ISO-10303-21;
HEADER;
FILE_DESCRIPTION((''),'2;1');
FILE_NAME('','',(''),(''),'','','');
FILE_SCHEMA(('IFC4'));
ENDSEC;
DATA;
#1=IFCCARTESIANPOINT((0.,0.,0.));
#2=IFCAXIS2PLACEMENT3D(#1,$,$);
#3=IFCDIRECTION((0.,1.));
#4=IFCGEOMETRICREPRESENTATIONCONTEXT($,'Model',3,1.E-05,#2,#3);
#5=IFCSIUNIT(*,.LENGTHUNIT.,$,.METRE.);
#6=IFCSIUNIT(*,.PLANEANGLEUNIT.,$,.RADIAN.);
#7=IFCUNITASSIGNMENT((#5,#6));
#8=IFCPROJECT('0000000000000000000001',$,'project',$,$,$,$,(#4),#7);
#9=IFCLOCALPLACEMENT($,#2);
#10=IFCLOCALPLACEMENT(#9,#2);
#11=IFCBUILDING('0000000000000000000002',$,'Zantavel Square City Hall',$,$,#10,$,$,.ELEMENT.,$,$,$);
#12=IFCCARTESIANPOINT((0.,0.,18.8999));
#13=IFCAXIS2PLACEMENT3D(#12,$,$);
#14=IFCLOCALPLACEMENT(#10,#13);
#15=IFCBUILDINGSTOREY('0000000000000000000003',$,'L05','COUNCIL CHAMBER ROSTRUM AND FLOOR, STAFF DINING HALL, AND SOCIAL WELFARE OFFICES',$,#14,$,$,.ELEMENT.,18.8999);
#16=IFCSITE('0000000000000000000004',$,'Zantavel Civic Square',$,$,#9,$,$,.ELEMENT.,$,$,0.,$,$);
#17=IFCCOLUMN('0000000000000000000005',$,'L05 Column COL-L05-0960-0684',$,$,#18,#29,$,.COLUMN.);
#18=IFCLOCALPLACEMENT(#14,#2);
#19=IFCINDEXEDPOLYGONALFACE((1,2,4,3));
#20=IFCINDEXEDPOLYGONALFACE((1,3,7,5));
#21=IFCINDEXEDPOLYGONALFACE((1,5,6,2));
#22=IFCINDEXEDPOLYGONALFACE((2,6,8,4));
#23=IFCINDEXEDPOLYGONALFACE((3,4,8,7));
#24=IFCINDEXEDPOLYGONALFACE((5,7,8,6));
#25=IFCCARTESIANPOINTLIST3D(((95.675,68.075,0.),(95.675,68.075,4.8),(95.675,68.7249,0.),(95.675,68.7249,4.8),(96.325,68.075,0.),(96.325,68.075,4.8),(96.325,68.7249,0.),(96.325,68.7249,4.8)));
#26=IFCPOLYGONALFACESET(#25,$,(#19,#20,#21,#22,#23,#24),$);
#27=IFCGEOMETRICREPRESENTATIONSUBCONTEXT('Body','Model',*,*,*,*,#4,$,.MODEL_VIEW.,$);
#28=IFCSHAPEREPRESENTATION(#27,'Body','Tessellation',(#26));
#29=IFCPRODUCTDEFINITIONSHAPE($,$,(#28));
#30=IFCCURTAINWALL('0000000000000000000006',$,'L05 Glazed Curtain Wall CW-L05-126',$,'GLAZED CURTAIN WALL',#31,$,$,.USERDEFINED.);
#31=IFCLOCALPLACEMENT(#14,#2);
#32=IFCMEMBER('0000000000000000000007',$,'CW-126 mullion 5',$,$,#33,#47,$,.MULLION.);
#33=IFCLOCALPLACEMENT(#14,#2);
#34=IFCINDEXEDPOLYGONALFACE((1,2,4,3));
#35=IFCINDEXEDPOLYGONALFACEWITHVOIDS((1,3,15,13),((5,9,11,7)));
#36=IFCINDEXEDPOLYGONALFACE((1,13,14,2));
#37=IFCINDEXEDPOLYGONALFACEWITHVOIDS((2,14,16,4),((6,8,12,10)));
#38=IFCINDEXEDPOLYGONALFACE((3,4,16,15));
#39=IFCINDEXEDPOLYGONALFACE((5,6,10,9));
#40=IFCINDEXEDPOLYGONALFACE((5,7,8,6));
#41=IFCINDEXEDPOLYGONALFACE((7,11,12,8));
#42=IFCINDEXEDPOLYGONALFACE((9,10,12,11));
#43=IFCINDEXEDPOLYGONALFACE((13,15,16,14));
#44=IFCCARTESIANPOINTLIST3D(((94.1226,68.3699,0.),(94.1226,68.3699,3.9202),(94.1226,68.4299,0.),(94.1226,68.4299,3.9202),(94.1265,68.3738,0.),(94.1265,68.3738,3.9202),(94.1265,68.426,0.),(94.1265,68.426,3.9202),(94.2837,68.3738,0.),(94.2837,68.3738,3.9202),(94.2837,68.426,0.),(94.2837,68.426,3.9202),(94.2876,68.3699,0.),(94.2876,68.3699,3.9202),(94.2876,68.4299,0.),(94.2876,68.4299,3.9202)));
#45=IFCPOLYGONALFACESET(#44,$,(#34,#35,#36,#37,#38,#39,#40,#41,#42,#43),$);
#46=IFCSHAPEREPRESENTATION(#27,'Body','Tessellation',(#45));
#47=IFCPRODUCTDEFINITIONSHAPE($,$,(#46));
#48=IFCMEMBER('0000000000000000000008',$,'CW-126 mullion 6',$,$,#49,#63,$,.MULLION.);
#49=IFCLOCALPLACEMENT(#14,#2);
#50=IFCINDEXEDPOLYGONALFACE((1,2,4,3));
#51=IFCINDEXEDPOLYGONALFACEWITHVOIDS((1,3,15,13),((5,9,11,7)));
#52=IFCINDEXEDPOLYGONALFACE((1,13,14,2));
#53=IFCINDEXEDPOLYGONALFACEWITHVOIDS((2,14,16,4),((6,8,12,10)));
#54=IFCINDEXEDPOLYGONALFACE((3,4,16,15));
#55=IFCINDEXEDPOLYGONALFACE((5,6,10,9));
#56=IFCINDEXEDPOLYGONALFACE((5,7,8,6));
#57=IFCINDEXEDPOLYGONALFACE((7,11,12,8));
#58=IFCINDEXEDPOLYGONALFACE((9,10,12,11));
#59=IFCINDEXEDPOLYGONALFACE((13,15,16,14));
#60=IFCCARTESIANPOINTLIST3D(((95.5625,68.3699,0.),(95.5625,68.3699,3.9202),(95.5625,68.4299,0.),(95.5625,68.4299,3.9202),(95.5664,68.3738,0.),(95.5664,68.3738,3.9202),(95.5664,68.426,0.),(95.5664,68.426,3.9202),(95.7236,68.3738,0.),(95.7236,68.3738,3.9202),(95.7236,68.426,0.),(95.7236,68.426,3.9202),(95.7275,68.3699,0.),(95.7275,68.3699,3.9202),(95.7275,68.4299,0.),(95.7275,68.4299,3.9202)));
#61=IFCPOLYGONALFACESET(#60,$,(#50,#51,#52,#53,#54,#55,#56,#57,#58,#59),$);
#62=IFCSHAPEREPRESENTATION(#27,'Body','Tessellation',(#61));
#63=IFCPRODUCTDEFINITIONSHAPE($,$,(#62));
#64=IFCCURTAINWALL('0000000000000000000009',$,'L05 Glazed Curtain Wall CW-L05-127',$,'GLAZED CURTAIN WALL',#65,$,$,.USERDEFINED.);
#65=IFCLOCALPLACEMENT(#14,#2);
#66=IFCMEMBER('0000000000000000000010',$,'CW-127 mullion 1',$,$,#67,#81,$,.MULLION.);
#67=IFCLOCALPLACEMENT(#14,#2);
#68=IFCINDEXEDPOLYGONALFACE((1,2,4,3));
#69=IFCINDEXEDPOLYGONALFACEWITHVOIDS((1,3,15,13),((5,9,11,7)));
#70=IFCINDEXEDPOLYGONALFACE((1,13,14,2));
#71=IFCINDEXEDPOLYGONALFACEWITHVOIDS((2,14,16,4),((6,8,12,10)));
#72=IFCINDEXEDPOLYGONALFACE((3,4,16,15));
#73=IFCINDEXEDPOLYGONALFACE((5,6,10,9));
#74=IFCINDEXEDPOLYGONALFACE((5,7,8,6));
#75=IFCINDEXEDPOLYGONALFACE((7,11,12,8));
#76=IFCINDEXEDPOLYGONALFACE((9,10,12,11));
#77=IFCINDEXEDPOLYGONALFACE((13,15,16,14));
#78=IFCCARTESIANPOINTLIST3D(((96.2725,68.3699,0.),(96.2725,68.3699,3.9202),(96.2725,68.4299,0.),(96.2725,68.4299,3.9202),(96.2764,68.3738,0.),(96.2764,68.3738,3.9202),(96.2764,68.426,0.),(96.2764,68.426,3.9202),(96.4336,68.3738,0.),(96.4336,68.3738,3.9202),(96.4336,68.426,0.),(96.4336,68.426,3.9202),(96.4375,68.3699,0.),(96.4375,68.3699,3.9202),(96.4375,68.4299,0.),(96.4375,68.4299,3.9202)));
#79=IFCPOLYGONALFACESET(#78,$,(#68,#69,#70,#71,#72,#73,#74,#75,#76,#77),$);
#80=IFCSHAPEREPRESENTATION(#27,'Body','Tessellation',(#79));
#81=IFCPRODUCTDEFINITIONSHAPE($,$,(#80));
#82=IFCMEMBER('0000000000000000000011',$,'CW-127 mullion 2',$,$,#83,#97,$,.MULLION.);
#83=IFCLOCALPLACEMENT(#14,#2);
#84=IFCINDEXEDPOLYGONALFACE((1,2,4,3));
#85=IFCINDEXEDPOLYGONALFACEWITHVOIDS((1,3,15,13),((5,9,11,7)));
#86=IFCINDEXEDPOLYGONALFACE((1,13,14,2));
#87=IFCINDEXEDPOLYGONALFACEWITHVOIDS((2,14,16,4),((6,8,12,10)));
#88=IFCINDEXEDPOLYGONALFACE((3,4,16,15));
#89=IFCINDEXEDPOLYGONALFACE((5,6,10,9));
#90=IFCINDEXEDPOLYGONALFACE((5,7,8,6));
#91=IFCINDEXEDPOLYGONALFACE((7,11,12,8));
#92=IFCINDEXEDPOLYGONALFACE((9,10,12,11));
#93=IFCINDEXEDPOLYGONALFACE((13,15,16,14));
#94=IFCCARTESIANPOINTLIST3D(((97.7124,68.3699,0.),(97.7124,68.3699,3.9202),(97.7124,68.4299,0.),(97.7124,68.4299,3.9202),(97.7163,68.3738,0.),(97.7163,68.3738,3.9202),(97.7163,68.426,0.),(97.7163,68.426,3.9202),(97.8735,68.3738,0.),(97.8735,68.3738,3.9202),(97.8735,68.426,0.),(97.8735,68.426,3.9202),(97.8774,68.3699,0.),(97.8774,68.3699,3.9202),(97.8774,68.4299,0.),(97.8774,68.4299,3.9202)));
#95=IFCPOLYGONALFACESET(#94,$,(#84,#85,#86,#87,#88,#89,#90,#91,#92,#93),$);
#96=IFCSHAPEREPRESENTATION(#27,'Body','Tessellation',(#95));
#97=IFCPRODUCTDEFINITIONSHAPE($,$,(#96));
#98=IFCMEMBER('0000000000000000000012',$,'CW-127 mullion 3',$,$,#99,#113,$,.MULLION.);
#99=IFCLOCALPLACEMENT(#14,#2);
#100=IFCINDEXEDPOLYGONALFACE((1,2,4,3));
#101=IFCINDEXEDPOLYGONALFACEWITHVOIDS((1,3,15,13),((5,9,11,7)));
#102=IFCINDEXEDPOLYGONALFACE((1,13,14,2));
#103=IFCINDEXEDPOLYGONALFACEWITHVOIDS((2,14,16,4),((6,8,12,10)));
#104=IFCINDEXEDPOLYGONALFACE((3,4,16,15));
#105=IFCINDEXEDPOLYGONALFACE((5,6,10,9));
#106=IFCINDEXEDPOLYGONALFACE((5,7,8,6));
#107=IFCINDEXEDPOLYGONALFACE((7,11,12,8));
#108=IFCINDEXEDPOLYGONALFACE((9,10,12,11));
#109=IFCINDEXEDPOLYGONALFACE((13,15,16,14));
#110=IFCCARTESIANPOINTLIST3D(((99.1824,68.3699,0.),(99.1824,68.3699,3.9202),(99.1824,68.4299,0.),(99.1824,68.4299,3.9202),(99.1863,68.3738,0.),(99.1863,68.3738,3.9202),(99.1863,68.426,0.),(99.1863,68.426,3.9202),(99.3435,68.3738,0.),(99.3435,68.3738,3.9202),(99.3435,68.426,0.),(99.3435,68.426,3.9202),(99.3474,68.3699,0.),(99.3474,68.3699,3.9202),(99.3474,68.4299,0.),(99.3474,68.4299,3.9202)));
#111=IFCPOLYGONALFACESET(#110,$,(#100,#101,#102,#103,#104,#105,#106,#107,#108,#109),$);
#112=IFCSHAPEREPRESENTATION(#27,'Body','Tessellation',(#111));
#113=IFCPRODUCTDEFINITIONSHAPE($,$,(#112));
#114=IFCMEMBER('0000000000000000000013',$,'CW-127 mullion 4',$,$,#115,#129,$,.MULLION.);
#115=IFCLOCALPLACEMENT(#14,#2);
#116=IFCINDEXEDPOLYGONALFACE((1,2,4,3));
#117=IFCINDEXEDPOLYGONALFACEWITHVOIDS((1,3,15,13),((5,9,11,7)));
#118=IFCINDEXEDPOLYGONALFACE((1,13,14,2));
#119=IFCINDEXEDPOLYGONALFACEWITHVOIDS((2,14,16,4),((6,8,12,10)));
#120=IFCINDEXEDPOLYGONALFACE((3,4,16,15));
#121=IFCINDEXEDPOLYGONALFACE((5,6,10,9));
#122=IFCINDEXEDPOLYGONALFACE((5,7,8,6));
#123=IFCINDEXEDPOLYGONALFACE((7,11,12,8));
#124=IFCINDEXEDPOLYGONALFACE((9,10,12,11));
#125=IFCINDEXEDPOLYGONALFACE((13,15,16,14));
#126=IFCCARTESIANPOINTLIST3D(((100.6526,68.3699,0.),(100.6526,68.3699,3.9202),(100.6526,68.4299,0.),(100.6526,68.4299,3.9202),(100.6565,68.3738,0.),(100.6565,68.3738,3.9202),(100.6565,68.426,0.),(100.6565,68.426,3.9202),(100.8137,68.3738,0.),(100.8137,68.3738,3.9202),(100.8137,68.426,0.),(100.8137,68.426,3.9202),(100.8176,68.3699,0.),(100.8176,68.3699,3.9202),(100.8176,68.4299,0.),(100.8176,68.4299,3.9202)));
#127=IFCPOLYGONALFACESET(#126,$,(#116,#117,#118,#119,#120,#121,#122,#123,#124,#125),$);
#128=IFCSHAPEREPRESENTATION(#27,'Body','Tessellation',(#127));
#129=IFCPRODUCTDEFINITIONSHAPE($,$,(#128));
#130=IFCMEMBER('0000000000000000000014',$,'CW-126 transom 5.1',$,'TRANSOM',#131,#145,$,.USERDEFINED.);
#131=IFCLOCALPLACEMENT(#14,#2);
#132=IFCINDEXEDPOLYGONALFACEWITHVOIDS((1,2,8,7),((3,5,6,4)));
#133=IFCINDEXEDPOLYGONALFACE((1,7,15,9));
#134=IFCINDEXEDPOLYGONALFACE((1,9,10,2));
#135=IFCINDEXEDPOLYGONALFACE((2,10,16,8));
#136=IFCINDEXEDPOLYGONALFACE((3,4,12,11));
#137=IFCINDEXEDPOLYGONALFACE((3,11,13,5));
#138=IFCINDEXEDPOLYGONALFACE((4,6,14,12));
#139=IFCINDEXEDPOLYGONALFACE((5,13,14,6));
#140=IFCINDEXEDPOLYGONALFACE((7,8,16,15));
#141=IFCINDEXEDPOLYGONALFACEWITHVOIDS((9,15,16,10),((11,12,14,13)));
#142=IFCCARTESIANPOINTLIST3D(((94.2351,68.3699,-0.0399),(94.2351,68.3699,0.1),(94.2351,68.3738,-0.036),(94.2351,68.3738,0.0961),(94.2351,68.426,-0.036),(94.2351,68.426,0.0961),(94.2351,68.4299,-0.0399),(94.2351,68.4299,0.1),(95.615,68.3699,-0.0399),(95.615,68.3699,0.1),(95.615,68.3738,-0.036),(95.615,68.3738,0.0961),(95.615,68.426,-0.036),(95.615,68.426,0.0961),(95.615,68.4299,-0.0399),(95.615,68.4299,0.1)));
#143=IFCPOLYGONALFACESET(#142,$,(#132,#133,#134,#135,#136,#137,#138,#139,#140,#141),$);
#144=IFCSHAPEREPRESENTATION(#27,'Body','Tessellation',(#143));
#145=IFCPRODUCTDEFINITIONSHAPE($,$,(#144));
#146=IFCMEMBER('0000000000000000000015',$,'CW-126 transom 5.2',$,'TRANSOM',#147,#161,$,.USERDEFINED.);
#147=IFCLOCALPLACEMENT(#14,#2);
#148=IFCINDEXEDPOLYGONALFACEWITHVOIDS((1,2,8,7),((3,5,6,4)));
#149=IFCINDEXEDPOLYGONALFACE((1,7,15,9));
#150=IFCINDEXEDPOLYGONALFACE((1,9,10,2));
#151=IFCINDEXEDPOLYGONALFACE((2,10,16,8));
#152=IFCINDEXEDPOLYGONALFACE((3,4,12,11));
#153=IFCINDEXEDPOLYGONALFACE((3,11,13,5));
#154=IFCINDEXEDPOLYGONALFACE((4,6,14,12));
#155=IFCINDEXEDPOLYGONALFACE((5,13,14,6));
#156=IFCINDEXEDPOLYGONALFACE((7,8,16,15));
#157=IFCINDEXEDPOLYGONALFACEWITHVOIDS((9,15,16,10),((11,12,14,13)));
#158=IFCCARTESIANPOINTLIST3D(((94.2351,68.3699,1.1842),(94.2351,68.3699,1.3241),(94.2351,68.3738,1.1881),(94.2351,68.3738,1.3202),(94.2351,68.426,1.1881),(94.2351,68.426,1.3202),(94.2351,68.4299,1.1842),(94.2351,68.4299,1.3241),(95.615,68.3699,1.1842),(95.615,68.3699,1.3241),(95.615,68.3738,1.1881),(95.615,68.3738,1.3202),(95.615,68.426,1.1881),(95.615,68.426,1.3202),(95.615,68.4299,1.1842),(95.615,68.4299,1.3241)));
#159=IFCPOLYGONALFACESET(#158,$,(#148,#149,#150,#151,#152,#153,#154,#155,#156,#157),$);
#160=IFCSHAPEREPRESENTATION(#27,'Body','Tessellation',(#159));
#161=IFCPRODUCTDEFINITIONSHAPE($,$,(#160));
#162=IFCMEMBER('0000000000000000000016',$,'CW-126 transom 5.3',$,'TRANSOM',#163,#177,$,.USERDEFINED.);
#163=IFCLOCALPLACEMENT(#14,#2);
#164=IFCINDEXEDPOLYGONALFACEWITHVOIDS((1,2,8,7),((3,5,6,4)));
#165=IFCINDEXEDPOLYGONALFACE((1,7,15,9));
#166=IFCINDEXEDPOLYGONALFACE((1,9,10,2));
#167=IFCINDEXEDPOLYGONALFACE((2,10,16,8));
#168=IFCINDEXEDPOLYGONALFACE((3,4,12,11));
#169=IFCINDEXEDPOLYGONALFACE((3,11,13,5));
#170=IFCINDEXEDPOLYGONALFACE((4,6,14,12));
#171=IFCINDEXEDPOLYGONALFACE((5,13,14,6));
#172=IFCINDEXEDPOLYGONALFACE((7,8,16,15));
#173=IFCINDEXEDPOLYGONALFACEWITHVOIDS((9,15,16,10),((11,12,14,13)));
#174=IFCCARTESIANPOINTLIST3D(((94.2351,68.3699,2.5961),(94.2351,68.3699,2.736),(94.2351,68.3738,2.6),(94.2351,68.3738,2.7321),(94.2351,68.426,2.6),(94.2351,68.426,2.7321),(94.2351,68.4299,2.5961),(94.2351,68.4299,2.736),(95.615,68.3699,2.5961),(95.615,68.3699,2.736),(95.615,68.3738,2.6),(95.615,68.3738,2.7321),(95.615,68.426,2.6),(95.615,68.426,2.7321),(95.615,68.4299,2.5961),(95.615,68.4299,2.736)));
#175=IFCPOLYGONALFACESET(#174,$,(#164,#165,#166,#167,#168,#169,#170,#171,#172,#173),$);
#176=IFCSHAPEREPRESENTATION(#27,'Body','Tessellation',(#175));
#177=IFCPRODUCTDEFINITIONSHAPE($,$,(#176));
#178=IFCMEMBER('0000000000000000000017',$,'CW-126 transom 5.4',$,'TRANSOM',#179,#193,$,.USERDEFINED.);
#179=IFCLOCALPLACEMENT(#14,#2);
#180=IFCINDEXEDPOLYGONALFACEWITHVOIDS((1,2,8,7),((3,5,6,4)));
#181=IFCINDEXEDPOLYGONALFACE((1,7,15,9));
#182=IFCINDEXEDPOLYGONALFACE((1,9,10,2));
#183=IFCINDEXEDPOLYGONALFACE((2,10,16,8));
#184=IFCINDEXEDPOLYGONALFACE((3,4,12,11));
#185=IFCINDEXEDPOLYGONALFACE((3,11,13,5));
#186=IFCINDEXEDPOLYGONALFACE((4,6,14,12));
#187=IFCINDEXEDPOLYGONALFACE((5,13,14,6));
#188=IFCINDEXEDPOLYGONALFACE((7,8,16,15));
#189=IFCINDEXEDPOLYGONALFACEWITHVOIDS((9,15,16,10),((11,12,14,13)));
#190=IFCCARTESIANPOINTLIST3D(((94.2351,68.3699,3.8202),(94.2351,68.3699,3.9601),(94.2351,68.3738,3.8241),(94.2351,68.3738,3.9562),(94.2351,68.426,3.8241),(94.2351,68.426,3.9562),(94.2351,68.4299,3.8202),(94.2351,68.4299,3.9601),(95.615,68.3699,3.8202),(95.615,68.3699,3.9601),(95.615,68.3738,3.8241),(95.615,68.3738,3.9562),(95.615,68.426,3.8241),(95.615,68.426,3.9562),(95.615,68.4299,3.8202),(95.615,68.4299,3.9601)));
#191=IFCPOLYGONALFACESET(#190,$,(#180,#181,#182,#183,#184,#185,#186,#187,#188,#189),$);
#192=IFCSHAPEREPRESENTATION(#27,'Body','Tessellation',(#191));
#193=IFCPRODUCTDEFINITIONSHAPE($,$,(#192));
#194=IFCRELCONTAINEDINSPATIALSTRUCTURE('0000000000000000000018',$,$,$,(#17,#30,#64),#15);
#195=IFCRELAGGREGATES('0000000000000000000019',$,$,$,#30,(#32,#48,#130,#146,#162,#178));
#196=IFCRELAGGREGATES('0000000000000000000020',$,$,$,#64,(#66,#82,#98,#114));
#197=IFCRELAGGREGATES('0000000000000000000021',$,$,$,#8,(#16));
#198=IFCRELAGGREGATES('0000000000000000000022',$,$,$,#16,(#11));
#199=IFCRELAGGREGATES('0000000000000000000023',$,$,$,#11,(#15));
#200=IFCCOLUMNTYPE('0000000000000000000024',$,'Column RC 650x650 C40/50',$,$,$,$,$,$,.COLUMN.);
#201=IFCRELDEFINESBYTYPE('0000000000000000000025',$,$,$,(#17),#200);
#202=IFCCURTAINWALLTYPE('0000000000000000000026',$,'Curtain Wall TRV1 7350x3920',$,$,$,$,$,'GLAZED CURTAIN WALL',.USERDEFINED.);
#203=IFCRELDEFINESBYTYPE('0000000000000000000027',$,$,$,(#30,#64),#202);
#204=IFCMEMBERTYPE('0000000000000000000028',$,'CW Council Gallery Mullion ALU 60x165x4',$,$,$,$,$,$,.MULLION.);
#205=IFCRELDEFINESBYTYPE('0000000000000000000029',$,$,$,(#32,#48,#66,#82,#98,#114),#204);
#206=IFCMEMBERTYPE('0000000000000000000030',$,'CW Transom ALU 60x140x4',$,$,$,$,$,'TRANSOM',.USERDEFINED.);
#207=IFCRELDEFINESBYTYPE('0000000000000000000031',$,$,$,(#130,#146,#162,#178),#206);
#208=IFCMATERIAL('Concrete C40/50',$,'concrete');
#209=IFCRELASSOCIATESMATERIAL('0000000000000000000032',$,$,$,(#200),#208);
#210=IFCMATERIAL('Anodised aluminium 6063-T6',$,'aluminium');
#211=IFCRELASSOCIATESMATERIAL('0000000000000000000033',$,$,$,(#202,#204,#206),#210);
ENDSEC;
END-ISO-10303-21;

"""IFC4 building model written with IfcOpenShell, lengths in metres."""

from ifc_helpers import new_model, si_unit, direction, frame, origin, origin_2d, place, context, subcontext, project, spatial, rectangle, hollow_rectangle, extrude, material, material_profile, profile_set, type_object, element, aggregate, save


model = new_model("IFC4")

# Units and contexts
model_context = context("Model", 3, precision=1e-05, world=origin(), true_north=direction((0.0, 1.0)))
body_context = subcontext(model_context, "Body", "Model", "MODEL_VIEW")
ifc_project = project(units=[si_unit("LENGTHUNIT", "METRE"), si_unit("PLANEANGLEUNIT", "RADIAN")], contexts=[model_context])

# Site, building, storey
site_placement = place(None, origin())
site = spatial("IfcSite", under=ifc_project, at=site_placement, Name="Zantavel Civic Square", CompositionType="ELEMENT", RefElevation=0.0)
building_placement = place(site_placement, origin())
building = spatial("IfcBuilding", under=site, at=building_placement, Name="Zantavel Square City Hall", CompositionType="ELEMENT")
storey_placement = place(building_placement, frame((0.0, 0.0, 18.8999)))
storey = spatial("IfcBuildingStorey", under=building, at=storey_placement, Name="L05", Description="COUNCIL CHAMBER ROSTRUM AND FLOOR, STAFF DINING HALL, AND SOCIAL WELFARE OFFICES", CompositionType="ELEMENT", Elevation=18.8999)

# Column
ifc_material_1 = material(Name="Concrete C40/50", Category="concrete")
ifc_material_profile_1 = material_profile(ifc_material_1, rectangle(XDim=0.6499, YDim=0.6499, at=origin_2d()), Name="RC 650x650")
ifc_profile_set_1 = profile_set([ifc_material_profile_1], Name="Concrete C40/50")
column_type = type_object("IfcColumnType", Name="Column RC 650x650 C40/50", PredefinedType="COLUMN", material=ifc_profile_set_1)
column_placement = place(storey_placement, frame((96.0, 68.3999, 0.0), z_axis=(0.0, 0.0, 1.0), x_axis=(1.0, 0.0, 0.0)))
element("IfcColumn", 1, at=column_placement, inside=storey, type_object=column_type, Name="L05 Column COL-L05-0960-0684", PredefinedType="COLUMN", context=body_context, shape_type="SweptSolid", body=[
    extrude(rectangle(XDim=0.6499, YDim=0.6499, at=origin_2d()), origin(), (0.0, 0.0, 1.0), 4.8),
])

# Curtain walls, members
ifc_material_2 = material(Name="Anodised aluminium 6063-T6", Category="aluminium")
curtain_wall_type = type_object("IfcCurtainWallType", Name="Curtain Wall TRV1 7350x3920", ElementType="GLAZED CURTAIN WALL", PredefinedType="USERDEFINED", material=ifc_material_2)
curtain_wall_1_placement = place(storey_placement, origin())
curtain_wall_1 = element("IfcCurtainWall", 2, at=curtain_wall_1_placement, inside=storey, type_object=curtain_wall_type, Name="L05 Glazed Curtain Wall CW-L05-126", ObjectType="GLAZED CURTAIN WALL", PredefinedType="USERDEFINED")
ifc_material_profile_2 = material_profile(ifc_material_2, hollow_rectangle(XDim=0.0601, YDim=0.165, WallThickness=0.0039, at=origin_2d()), Name="ALU 60x165x4")
ifc_profile_set_2 = profile_set([ifc_material_profile_2], Name="Anodised aluminium 6063-T6")
member_type_1 = type_object("IfcMemberType", Name="CW Council Gallery Mullion ALU 60x165x4", PredefinedType="MULLION", material=ifc_profile_set_2)
member_1_placement = place(storey_placement, frame((94.2051, 68.3999, 0.0), z_axis=(0.0, 0.0, 1.0), x_axis=(0.0, 1.0, 0.0)))
member_1 = element("IfcMember", 3, at=member_1_placement, type_object=member_type_1, Name="CW-126 mullion 5", PredefinedType="MULLION", context=body_context, shape_type="SweptSolid", body=[
    extrude(hollow_rectangle(XDim=0.0601, YDim=0.165, WallThickness=0.0039, at=origin_2d()), origin(), (0.0, 0.0, 1.0), 3.9202),
])
member_2_placement = place(storey_placement, frame((95.645, 68.3999, 0.0), z_axis=(0.0, 0.0, 1.0), x_axis=(0.0, 1.0, 0.0)))
member_2 = element("IfcMember", 4, at=member_2_placement, type_object=member_type_1, Name="CW-126 mullion 6", PredefinedType="MULLION", context=body_context, shape_type="SweptSolid", body=[
    extrude(hollow_rectangle(XDim=0.0601, YDim=0.165, WallThickness=0.0039, at=origin_2d()), origin(), (0.0, 0.0, 1.0), 3.9202),
])
curtain_wall_2_placement = place(storey_placement, origin())
curtain_wall_2 = element("IfcCurtainWall", 5, at=curtain_wall_2_placement, inside=storey, type_object=curtain_wall_type, Name="L05 Glazed Curtain Wall CW-L05-127", ObjectType="GLAZED CURTAIN WALL", PredefinedType="USERDEFINED")
member_3_placement = place(storey_placement, frame((96.355, 68.3999, 0.0), z_axis=(0.0, 0.0, 1.0), x_axis=(0.0, 1.0, 0.0)))
member_3 = element("IfcMember", 6, at=member_3_placement, type_object=member_type_1, Name="CW-127 mullion 1", PredefinedType="MULLION", context=body_context, shape_type="SweptSolid", body=[
    extrude(hollow_rectangle(XDim=0.0601, YDim=0.165, WallThickness=0.0039, at=origin_2d()), origin(), (0.0, 0.0, 1.0), 3.9202),
])
member_4_placement = place(storey_placement, frame((97.7949, 68.3999, 0.0), z_axis=(0.0, 0.0, 1.0), x_axis=(0.0, 1.0, 0.0)))
member_4 = element("IfcMember", 7, at=member_4_placement, type_object=member_type_1, Name="CW-127 mullion 2", PredefinedType="MULLION", context=body_context, shape_type="SweptSolid", body=[
    extrude(hollow_rectangle(XDim=0.0601, YDim=0.165, WallThickness=0.0039, at=origin_2d()), origin(), (0.0, 0.0, 1.0), 3.9202),
])
member_5_placement = place(storey_placement, frame((99.2649, 68.3999, 0.0), z_axis=(0.0, 0.0, 1.0), x_axis=(0.0, 1.0, 0.0)))
member_5 = element("IfcMember", 8, at=member_5_placement, type_object=member_type_1, Name="CW-127 mullion 3", PredefinedType="MULLION", context=body_context, shape_type="SweptSolid", body=[
    extrude(hollow_rectangle(XDim=0.0601, YDim=0.165, WallThickness=0.0039, at=origin_2d()), origin(), (0.0, 0.0, 1.0), 3.9202),
])
member_6_placement = place(storey_placement, frame((100.7351, 68.3999, 0.0), z_axis=(0.0, 0.0, 1.0), x_axis=(0.0, 1.0, 0.0)))
member_6 = element("IfcMember", 9, at=member_6_placement, type_object=member_type_1, Name="CW-127 mullion 4", PredefinedType="MULLION", context=body_context, shape_type="SweptSolid", body=[
    extrude(hollow_rectangle(XDim=0.0601, YDim=0.165, WallThickness=0.0039, at=origin_2d()), origin(), (0.0, 0.0, 1.0), 3.9202),
])

# Members
ifc_material_profile_3 = material_profile(ifc_material_2, hollow_rectangle(XDim=0.0601, YDim=0.1399, WallThickness=0.0039, at=origin_2d()), Name="ALU 60x140x4")
ifc_profile_set_3 = profile_set([ifc_material_profile_3], Name="Anodised aluminium 6063-T6")
member_type_2 = type_object("IfcMemberType", Name="CW Transom ALU 60x140x4", ElementType="TRANSOM", PredefinedType="USERDEFINED", material=ifc_profile_set_3)
member_7_placement = place(storey_placement, frame((94.2351, 68.3999, 0.03), z_axis=(1.0, 0.0, 0.0), x_axis=(0.0, 1.0, 0.0)))
member_7 = element("IfcMember", 10, at=member_7_placement, type_object=member_type_2, Name="CW-126 transom 5.1", ObjectType="TRANSOM", PredefinedType="USERDEFINED", context=body_context, shape_type="SweptSolid", body=[
    extrude(hollow_rectangle(XDim=0.0601, YDim=0.1399, WallThickness=0.0039, at=origin_2d()), origin(), (0.0, 0.0, 1.0), 1.3799),
])
member_8_placement = place(storey_placement, frame((94.2351, 68.3999, 1.2542), z_axis=(1.0, 0.0, 0.0), x_axis=(0.0, 1.0, 0.0)))
member_8 = element("IfcMember", 11, at=member_8_placement, type_object=member_type_2, Name="CW-126 transom 5.2", ObjectType="TRANSOM", PredefinedType="USERDEFINED", context=body_context, shape_type="SweptSolid", body=[
    extrude(hollow_rectangle(XDim=0.0601, YDim=0.1399, WallThickness=0.0039, at=origin_2d()), origin(), (0.0, 0.0, 1.0), 1.3799),
])
member_9_placement = place(storey_placement, frame((94.2351, 68.3999, 2.666), z_axis=(1.0, 0.0, 0.0), x_axis=(0.0, 1.0, 0.0)))
member_9 = element("IfcMember", 12, at=member_9_placement, type_object=member_type_2, Name="CW-126 transom 5.3", ObjectType="TRANSOM", PredefinedType="USERDEFINED", context=body_context, shape_type="SweptSolid", body=[
    extrude(hollow_rectangle(XDim=0.0601, YDim=0.1399, WallThickness=0.0039, at=origin_2d()), origin(), (0.0, 0.0, 1.0), 1.3799),
])
member_10_placement = place(storey_placement, frame((94.2351, 68.3999, 3.8901), z_axis=(1.0, 0.0, 0.0), x_axis=(0.0, 1.0, 0.0)))
member_10 = element("IfcMember", 13, at=member_10_placement, type_object=member_type_2, Name="CW-126 transom 5.4", ObjectType="TRANSOM", PredefinedType="USERDEFINED", context=body_context, shape_type="SweptSolid", body=[
    extrude(hollow_rectangle(XDim=0.0601, YDim=0.1399, WallThickness=0.0039, at=origin_2d()), origin(), (0.0, 0.0, 1.0), 1.3799),
])

aggregate(curtain_wall_1, [member_1, member_2, member_7, member_8, member_9, member_10])
aggregate(curtain_wall_2, [member_3, member_4, member_5, member_6])

save(model, "model.ifc")
